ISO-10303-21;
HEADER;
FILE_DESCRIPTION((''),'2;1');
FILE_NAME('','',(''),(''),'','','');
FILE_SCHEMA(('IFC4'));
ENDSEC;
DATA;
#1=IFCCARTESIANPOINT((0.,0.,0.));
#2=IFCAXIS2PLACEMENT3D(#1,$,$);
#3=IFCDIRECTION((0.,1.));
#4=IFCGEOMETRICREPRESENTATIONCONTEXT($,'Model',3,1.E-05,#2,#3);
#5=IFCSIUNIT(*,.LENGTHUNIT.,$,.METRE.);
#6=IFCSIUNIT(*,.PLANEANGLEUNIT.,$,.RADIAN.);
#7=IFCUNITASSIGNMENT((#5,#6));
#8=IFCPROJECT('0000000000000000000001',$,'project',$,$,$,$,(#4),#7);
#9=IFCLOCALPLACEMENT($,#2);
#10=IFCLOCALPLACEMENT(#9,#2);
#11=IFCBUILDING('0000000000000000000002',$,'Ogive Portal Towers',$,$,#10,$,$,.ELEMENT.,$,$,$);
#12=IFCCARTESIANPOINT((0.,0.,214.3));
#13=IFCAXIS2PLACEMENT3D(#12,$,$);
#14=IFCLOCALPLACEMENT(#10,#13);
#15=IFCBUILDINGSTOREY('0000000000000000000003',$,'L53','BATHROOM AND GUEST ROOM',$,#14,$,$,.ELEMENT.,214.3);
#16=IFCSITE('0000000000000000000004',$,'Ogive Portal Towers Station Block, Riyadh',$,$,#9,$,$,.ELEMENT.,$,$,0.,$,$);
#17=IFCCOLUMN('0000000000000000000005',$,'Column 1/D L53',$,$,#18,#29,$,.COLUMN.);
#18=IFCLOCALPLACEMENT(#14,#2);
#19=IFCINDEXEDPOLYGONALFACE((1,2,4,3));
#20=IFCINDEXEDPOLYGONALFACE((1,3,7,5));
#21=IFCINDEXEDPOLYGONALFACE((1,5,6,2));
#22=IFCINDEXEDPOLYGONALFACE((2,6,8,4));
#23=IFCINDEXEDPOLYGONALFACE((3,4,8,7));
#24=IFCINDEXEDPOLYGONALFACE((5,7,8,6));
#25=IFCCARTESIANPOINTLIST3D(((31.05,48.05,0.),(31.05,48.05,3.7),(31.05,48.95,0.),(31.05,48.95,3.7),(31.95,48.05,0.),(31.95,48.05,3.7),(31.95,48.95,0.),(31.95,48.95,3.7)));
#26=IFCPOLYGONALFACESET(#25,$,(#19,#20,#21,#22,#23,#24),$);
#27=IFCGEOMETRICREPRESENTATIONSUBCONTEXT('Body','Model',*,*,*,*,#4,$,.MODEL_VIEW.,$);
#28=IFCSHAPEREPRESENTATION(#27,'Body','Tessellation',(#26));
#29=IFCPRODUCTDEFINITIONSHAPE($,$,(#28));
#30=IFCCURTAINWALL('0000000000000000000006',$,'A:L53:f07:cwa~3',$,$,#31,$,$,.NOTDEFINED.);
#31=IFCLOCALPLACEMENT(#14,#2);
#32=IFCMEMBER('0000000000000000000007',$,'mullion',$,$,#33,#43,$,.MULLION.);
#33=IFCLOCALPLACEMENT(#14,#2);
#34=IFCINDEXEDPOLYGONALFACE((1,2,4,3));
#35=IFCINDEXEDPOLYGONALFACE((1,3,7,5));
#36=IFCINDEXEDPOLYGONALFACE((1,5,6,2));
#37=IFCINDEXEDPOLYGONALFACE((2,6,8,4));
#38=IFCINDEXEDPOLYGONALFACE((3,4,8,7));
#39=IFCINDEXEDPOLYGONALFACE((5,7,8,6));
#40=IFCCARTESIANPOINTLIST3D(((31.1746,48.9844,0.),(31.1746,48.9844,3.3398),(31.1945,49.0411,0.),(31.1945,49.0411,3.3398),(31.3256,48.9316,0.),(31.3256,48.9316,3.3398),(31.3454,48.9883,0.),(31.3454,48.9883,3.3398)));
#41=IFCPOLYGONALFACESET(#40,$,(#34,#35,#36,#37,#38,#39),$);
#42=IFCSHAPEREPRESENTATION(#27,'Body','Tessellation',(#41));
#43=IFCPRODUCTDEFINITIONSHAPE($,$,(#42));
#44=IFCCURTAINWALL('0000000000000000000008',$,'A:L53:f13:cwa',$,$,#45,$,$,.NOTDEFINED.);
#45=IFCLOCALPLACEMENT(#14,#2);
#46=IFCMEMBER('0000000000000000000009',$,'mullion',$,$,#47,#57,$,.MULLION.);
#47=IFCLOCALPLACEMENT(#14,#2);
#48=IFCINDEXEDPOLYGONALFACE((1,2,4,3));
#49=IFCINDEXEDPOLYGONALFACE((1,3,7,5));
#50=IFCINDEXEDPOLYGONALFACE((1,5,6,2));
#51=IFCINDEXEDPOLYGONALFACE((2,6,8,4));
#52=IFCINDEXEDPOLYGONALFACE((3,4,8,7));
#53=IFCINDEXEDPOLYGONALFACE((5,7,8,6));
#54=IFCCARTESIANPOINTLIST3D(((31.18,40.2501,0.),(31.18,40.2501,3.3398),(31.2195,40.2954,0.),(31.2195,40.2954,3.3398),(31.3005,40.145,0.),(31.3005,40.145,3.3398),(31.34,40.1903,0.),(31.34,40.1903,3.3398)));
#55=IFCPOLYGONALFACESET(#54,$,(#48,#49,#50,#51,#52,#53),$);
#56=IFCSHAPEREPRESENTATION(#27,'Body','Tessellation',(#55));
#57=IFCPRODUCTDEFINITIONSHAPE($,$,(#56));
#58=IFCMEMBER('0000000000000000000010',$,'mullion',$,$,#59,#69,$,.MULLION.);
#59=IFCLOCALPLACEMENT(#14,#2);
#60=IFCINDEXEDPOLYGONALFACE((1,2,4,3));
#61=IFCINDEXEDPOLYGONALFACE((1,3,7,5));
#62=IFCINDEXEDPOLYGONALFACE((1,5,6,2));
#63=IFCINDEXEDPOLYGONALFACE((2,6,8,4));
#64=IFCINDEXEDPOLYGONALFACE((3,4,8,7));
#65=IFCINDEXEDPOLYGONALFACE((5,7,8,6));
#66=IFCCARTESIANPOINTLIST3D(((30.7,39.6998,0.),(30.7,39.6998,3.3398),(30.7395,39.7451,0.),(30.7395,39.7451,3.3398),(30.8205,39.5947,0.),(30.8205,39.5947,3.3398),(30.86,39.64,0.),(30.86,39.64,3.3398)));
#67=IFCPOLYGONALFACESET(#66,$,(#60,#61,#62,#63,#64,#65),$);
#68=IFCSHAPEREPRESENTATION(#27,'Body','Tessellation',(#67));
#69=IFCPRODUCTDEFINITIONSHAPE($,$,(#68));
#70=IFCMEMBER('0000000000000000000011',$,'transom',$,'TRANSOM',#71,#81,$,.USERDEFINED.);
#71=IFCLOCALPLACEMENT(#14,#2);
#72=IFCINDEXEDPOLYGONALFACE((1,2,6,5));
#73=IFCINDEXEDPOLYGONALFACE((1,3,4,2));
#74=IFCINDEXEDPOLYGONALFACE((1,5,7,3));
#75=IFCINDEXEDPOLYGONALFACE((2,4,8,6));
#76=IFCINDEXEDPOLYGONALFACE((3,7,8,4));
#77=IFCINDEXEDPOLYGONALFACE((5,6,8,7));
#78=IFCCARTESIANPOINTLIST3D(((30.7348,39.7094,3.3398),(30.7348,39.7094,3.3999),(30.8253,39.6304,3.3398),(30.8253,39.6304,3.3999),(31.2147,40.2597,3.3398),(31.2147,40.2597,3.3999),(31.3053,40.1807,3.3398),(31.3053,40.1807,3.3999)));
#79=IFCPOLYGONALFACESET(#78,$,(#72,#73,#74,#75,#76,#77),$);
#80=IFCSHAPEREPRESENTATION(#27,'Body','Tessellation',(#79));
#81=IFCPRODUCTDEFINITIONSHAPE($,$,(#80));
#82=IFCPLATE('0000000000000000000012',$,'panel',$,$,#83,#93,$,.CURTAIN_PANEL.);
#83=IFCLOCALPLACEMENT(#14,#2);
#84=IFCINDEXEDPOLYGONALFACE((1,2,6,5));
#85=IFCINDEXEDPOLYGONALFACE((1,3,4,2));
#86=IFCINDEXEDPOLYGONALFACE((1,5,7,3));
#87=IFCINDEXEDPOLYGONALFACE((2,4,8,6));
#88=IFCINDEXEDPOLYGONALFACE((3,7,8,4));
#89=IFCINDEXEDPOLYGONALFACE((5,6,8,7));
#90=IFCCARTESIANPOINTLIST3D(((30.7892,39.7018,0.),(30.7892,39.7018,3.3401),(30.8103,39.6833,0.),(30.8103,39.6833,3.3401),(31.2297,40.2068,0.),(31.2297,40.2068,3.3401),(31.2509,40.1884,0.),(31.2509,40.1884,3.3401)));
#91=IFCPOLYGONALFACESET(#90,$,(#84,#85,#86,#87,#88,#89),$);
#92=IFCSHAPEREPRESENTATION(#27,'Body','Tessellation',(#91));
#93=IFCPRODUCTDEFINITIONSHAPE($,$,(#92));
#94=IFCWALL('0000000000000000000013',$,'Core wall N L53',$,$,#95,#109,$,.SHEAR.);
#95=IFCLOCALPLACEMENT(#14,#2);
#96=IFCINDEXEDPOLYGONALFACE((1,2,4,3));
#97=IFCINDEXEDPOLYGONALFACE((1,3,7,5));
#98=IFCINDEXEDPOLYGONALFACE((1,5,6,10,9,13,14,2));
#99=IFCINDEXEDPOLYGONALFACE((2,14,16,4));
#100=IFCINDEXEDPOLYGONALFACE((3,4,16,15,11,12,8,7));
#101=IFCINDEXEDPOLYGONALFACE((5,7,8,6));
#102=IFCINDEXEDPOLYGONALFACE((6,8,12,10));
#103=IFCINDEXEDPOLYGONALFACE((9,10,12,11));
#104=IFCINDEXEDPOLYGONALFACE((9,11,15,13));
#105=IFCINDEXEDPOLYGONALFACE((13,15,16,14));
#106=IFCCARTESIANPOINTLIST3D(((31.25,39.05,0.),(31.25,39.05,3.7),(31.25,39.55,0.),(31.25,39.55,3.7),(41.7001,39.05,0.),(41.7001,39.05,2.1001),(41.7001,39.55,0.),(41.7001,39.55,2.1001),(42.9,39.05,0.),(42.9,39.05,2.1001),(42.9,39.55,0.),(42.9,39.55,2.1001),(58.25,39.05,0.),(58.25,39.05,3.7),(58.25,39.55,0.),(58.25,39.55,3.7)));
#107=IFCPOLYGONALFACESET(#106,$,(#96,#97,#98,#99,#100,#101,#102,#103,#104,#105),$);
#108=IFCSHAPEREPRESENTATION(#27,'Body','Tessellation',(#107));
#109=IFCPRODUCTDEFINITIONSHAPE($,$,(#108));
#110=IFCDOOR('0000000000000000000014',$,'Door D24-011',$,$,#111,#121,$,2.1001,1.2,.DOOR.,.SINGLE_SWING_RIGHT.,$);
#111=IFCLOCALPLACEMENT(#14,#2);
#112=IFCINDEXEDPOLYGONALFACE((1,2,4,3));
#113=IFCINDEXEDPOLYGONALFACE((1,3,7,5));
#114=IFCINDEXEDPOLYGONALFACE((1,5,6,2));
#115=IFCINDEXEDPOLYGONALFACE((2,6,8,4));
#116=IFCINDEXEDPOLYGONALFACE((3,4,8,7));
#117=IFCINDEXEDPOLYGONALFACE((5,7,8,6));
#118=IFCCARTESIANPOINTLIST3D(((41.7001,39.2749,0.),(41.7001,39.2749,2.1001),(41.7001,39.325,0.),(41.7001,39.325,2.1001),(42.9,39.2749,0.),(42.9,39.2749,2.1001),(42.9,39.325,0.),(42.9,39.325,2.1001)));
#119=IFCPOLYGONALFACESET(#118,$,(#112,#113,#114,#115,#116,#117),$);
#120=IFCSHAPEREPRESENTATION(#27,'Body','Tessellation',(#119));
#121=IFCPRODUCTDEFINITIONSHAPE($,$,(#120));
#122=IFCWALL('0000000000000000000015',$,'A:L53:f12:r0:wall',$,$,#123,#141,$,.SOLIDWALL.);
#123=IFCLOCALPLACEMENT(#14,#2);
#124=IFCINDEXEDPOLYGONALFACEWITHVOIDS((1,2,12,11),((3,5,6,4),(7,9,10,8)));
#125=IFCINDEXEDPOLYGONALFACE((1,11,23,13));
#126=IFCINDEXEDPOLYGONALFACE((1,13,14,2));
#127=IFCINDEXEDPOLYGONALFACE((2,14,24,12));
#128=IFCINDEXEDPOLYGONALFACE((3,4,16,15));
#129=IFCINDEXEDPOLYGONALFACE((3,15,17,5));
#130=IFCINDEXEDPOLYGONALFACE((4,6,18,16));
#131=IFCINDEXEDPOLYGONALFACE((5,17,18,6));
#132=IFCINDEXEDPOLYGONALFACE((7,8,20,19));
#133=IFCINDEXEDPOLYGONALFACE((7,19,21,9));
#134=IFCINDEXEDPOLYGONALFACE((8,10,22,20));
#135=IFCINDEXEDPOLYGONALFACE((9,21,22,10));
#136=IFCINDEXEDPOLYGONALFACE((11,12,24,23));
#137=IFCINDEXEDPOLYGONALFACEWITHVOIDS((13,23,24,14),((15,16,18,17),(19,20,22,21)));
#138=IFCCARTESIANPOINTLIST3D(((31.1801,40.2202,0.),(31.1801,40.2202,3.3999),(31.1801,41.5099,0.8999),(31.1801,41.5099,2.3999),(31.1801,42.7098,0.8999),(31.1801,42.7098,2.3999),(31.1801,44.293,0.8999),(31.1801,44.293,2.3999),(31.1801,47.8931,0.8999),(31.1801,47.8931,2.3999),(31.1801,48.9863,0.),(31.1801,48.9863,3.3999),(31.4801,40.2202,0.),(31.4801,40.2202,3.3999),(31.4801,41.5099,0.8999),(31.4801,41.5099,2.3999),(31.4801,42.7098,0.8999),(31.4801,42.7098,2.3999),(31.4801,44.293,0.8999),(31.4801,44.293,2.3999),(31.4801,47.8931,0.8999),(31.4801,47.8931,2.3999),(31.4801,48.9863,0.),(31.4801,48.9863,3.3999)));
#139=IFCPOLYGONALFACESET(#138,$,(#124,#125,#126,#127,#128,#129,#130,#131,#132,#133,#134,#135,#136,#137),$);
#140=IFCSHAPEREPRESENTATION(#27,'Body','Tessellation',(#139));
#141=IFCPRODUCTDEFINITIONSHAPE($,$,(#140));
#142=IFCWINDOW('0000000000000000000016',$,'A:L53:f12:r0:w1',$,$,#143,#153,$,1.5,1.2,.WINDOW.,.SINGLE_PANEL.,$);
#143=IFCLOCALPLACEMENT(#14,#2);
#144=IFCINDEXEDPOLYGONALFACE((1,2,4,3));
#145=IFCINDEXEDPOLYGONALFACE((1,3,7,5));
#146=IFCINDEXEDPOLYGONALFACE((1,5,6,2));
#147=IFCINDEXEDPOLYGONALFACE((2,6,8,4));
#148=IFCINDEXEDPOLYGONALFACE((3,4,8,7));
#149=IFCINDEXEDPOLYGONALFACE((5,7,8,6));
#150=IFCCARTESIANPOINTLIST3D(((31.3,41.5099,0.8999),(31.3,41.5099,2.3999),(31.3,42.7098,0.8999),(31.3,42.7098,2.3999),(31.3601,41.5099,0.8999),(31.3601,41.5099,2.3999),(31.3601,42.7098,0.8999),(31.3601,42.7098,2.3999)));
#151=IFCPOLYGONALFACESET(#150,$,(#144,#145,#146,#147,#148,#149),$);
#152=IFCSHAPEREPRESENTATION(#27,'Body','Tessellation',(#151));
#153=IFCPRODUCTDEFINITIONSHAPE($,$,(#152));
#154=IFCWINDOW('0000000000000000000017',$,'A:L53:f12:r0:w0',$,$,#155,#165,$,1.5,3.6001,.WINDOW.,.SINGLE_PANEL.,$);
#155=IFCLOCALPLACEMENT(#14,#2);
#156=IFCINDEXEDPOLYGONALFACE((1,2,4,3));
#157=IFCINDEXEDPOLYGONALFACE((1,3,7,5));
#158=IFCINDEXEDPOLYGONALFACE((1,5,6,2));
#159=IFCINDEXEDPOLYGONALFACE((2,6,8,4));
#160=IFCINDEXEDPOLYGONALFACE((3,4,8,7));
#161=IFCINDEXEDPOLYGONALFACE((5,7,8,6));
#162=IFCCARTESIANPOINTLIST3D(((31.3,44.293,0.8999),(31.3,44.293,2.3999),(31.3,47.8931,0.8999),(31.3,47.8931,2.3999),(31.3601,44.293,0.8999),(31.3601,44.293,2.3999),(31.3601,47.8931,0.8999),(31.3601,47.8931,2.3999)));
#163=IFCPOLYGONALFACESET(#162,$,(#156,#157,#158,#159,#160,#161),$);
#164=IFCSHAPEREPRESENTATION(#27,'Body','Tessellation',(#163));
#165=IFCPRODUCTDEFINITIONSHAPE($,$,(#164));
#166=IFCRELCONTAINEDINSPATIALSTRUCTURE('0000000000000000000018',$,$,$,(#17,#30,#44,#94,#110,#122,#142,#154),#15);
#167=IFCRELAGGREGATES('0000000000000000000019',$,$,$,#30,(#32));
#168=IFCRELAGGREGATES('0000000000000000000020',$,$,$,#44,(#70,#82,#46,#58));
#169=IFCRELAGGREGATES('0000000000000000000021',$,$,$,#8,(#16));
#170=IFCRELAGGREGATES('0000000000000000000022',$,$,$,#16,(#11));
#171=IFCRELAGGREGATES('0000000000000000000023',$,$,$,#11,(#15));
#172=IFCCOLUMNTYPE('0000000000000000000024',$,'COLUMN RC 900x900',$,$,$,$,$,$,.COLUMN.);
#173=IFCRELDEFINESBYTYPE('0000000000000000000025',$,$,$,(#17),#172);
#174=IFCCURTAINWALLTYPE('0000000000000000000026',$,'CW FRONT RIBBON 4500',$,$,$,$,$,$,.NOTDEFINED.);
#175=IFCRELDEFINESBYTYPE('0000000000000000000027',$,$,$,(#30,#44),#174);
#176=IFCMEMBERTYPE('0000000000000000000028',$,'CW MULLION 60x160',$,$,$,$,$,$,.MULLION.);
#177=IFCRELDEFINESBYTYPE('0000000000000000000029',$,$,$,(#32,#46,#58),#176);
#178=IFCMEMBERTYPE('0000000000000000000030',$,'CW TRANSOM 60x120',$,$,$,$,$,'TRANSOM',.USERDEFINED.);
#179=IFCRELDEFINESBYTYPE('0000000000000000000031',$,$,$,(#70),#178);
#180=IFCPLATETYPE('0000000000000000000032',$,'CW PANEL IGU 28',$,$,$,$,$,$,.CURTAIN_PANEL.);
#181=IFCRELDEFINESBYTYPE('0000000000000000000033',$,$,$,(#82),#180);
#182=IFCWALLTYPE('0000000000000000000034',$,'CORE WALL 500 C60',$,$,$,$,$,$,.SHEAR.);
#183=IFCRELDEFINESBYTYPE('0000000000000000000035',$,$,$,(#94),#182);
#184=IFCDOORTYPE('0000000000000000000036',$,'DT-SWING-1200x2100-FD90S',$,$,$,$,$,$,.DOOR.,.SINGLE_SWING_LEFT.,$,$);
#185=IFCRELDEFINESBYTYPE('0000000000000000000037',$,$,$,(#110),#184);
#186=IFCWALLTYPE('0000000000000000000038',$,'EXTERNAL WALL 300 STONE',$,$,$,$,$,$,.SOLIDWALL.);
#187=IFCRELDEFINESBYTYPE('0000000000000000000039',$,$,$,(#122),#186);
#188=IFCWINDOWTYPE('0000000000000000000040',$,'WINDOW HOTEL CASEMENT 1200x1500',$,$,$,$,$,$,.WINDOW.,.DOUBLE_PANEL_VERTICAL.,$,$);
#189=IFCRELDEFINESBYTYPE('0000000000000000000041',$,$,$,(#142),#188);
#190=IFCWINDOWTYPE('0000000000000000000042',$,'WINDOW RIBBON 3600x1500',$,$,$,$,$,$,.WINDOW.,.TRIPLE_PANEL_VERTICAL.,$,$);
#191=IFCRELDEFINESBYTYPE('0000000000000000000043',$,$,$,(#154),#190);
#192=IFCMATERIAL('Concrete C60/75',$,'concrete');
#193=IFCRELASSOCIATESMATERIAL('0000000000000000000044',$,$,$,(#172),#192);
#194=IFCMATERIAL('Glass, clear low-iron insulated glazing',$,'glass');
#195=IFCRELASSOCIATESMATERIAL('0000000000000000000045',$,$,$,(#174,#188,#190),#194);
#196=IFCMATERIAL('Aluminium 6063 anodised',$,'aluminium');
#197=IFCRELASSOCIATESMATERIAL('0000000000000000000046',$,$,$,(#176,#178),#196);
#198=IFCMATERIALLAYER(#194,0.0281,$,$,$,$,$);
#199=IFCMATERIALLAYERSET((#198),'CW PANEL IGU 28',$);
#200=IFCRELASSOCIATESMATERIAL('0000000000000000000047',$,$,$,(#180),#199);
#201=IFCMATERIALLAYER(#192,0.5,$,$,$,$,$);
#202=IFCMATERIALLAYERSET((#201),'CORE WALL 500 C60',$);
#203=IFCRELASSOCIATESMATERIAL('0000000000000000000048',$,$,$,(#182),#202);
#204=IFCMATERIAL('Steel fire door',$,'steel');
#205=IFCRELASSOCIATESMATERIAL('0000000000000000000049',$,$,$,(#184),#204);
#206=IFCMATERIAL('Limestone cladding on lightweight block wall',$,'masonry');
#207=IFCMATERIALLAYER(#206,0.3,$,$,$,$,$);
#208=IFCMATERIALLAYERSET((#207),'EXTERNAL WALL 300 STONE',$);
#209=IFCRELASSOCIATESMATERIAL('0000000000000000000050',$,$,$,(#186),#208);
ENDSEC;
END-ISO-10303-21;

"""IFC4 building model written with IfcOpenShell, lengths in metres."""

from ifc_helpers import new_model, si_unit, direction, frame, frame_2d, origin, origin_2d, place, context, subcontext, project, spatial, rectangle, extrude, material, layer, layer_set, material_profile, profile_set, type_object, element, fill, aggregate, save


model = new_model("IFC4")

# Units and contexts
model_context = context("Model", 3, precision=1e-05, world=origin(), true_north=direction((0.0, 1.0)))
body_context = subcontext(model_context, "Body", "Model", "MODEL_VIEW")
ifc_project = project(units=[si_unit("LENGTHUNIT", "METRE"), si_unit("PLANEANGLEUNIT", "RADIAN")], contexts=[model_context])

# Site, building, storey
site_placement = place(None, origin())
site = spatial("IfcSite", under=ifc_project, at=site_placement, Name="Ogive Portal Towers Station Block, Riyadh", CompositionType="ELEMENT", RefElevation=0.0)
building_placement = place(site_placement, origin())
building = spatial("IfcBuilding", under=site, at=building_placement, Name="Ogive Portal Towers", CompositionType="ELEMENT")
storey_placement = place(building_placement, frame((0.0, 0.0, 214.3)))
storey = spatial("IfcBuildingStorey", under=building, at=storey_placement, Name="L53", Description="BATHROOM AND GUEST ROOM", CompositionType="ELEMENT", Elevation=214.3)

# Column
ifc_material_1 = material(Name="Concrete C60/75", Category="concrete")
ifc_material_profile_1 = material_profile(ifc_material_1, rectangle(XDim=0.8999, YDim=0.8999, at=origin_2d()), Name="RC 900x900")
ifc_profile_set_1 = profile_set([ifc_material_profile_1], Name="Concrete C60/75")
column_type = type_object("IfcColumnType", Name="COLUMN RC 900x900", PredefinedType="COLUMN", material=ifc_profile_set_1)
column_placement = place(storey_placement, frame((31.5, 48.5, 0.0), z_axis=(0.0, 0.0, 1.0), x_axis=(1.0, 0.0, 0.0)))
element("IfcColumn", 1, at=column_placement, inside=storey, type_object=column_type, Name="Column 1/D L53", PredefinedType="COLUMN", context=body_context, shape_type="SweptSolid", body=[
    extrude(rectangle(XDim=0.8999, YDim=0.8999, at=origin_2d()), origin(), (0.0, 0.0, 1.0), 3.7),
])

# Curtain wall, member
ifc_material_2 = material(Name="Glass, clear low-iron insulated glazing", Category="glass")
curtain_wall_type = type_object("IfcCurtainWallType", Name="CW FRONT RIBBON 4500", PredefinedType="NOTDEFINED", material=ifc_material_2)
curtain_wall_1_placement = place(storey_placement, origin())
curtain_wall_1 = element("IfcCurtainWall", 2, at=curtain_wall_1_placement, inside=storey, type_object=curtain_wall_type, Name="A:L53:f07:cwa~3", PredefinedType="NOTDEFINED")
ifc_material_3 = material(Name="Aluminium 6063 anodised", Category="aluminium")
ifc_material_profile_2 = material_profile(ifc_material_3, rectangle(XDim=0.1599, YDim=0.0601, at=origin_2d()), Name="AL 60x160")
ifc_profile_set_2 = profile_set([ifc_material_profile_2], Name="Aluminium 6063 anodised")
member_type_1 = type_object("IfcMemberType", Name="CW MULLION 60x160", PredefinedType="MULLION", material=ifc_profile_set_2)
member_1_placement = place(storey_placement, frame((31.26, 48.9863, 0.0), z_axis=(0.0, 0.0, 1.0), x_axis=(0.943883, -0.330279, 0.0)))
member_1 = element("IfcMember", 3, at=member_1_placement, type_object=member_type_1, Name="mullion", PredefinedType="MULLION", context=body_context, shape_type="SweptSolid", body=[
    extrude(rectangle(XDim=0.1599, YDim=0.0601, at=origin_2d()), origin(), (0.0, 0.0, 1.0), 3.3398),
])
aggregate(curtain_wall_1, [member_1])

# Curtain wall, members, plate
curtain_wall_2_placement = place(storey_placement, origin())
curtain_wall_2 = element("IfcCurtainWall", 4, at=curtain_wall_2_placement, inside=storey, type_object=curtain_wall_type, Name="A:L53:f13:cwa", PredefinedType="NOTDEFINED")
member_2_placement = place(storey_placement, frame((31.26, 40.2202, 0.0), z_axis=(0.0, 0.0, 1.0), x_axis=(0.753599, -0.657335, 0.0)))
member_2 = element("IfcMember", 5, at=member_2_placement, type_object=member_type_1, Name="mullion", PredefinedType="MULLION", context=body_context, shape_type="SweptSolid", body=[
    extrude(rectangle(XDim=0.1599, YDim=0.0601, at=origin_2d()), origin(), (0.0, 0.0, 1.0), 3.3398),
])
member_3_placement = place(storey_placement, frame((30.78, 39.6699, 0.0), z_axis=(0.0, 0.0, 1.0), x_axis=(0.753599, -0.657335, 0.0)))
member_3 = element("IfcMember", 6, at=member_3_placement, type_object=member_type_1, Name="mullion", PredefinedType="MULLION", context=body_context, shape_type="SweptSolid", body=[
    extrude(rectangle(XDim=0.1599, YDim=0.0601, at=origin_2d()), origin(), (0.0, 0.0, 1.0), 3.3398),
])
ifc_material_profile_3 = material_profile(ifc_material_3, rectangle(XDim=0.1201, YDim=0.0601, at=origin_2d()), Name="AL 120x60")
ifc_profile_set_3 = profile_set([ifc_material_profile_3], Name="Aluminium 6063 anodised")
member_type_2 = type_object("IfcMemberType", Name="CW TRANSOM 60x120", ElementType="TRANSOM", PredefinedType="USERDEFINED", material=ifc_profile_set_3)
member_4_placement = place(storey_placement, frame((31.26, 40.2202, 3.3699), z_axis=(-0.65732, -0.753611, 0.0), x_axis=(0.753611, -0.65732, 0.0)))
member_4 = element("IfcMember", 7, at=member_4_placement, type_object=member_type_2, Name="transom", ObjectType="TRANSOM", PredefinedType="USERDEFINED", context=body_context, shape_type="SweptSolid", body=[
    extrude(rectangle(XDim=0.1201, YDim=0.0601, at=origin_2d()), origin(), (0.0, 0.0, 1.0), 0.7302),
])
ifc_layer_1 = layer(ifc_material_2, 0.0281)
ifc_layer_set_1 = layer_set([ifc_layer_1], Name="CW PANEL IGU 28")
plate_type = type_object("IfcPlateType", Name="CW PANEL IGU 28", PredefinedType="CURTAIN_PANEL", material=ifc_layer_set_1)
plate_placement = place(storey_placement, frame((31.02, 39.9451, 0.0), z_axis=(0.0, 0.0, 1.0), x_axis=(-0.657335, -0.753599, 0.0)))
plate = element("IfcPlate", 8, at=plate_placement, type_object=plate_type, Name="panel", PredefinedType="CURTAIN_PANEL", context=body_context, shape_type="SweptSolid", body=[
    extrude(rectangle(XDim=0.6702, YDim=0.0281, at=origin_2d()), origin(), (0.0, 0.0, 1.0), 3.3401),
])
aggregate(curtain_wall_2, [member_4, plate, member_2, member_3])

# Wall, opening, door
ifc_layer_2 = layer(ifc_material_1, 0.5)
ifc_layer_set_2 = layer_set([ifc_layer_2], Name="CORE WALL 500 C60")
wall_type_1 = type_object("IfcWallType", Name="CORE WALL 500 C60", PredefinedType="SHEAR", material=ifc_layer_set_2)
wall_1_placement = place(storey_placement, frame((31.25, 39.3, 0.0), z_axis=(0.0, 0.0, 1.0), x_axis=(1.0, 0.0, 0.0)))
wall_1 = element("IfcWall", 9, at=wall_1_placement, inside=storey, type_object=wall_type_1, Name="Core wall N L53", PredefinedType="SHEAR", context=body_context, shape_type="SweptSolid", body=[
    extrude(rectangle(XDim=27.0, YDim=0.5, at=frame_2d((13.5, 0.0))), origin(), (0.0, 0.0, 1.0), 3.7),
])
opening_1_placement = place(wall_1_placement, frame((10.45, 0.0, 0.0)))
opening_1 = element("IfcOpeningElement", 10, at=opening_1_placement, cuts=wall_1, PredefinedType="OPENING", context=body_context, shape_type="SweptSolid", body=[
    extrude(rectangle(XDim=1.2, YDim=2.1001, at=frame_2d((0.6001, 1.05))), frame((0.0, 0.26, 0.0), z_axis=(0.0, -1.0, 0.0), x_axis=(1.0, 0.0, 0.0)), (0.0, 0.0, 1.0), 0.52),
])
ifc_material_4 = material(Name="Steel fire door", Category="steel")
door_type = type_object("IfcDoorType", Name="DT-SWING-1200x2100-FD90S", OperationType="SINGLE_SWING_LEFT", PredefinedType="DOOR", material=ifc_material_4)
door_placement = place(opening_1_placement, origin())
door = element("IfcDoor", 11, at=door_placement, inside=storey, type_object=door_type, Name="Door D24-011", OperationType="SINGLE_SWING_RIGHT", OverallHeight=2.1001, OverallWidth=1.2, PredefinedType="DOOR", context=body_context, shape_type="SweptSolid", body=[
    extrude(rectangle(XDim=1.2, YDim=2.1001, at=frame_2d((0.6001, 1.05))), frame((0.0, 0.0249, 0.0), z_axis=(0.0, -1.0, 0.0), x_axis=(1.0, 0.0, 0.0)), (0.0, 0.0, 1.0), 0.05),
])
fill(opening_1, door)

# Wall, openings, windows
ifc_material_5 = material(Name="Limestone cladding on lightweight block wall", Category="masonry")
ifc_layer_3 = layer(ifc_material_5, 0.3)
ifc_layer_set_3 = layer_set([ifc_layer_3], Name="EXTERNAL WALL 300 STONE")
wall_type_2 = type_object("IfcWallType", Name="EXTERNAL WALL 300 STONE", PredefinedType="SOLIDWALL", material=ifc_layer_set_3)
wall_2_placement = place(storey_placement, frame((31.3301, 48.9863, 0.0), z_axis=(0.0, 0.0, 1.0), x_axis=(0.0, -1.0, 0.0)))
wall_2 = element("IfcWall", 12, at=wall_2_placement, inside=storey, type_object=wall_type_2, Name="A:L53:f12:r0:wall", PredefinedType="SOLIDWALL", context=body_context, shape_type="SweptSolid", body=[
    extrude(rectangle(XDim=8.7661, YDim=0.3, at=frame_2d((4.3831, 0.0))), origin(), (0.0, 0.0, 1.0), 3.3999),
])
opening_2_placement = place(wall_2_placement, frame((1.0933, 0.0, 0.8999)))
opening_2 = element("IfcOpeningElement", 13, at=opening_2_placement, cuts=wall_2, PredefinedType="OPENING", context=body_context, shape_type="SweptSolid", body=[
    extrude(rectangle(XDim=3.6001, YDim=1.5, at=frame_2d((1.8, 0.75))), frame((0.0, 0.1602, 0.0), z_axis=(0.0, -1.0, 0.0), x_axis=(1.0, 0.0, 0.0)), (0.0, 0.0, 1.0), 0.3201),
])
opening_3_placement = place(wall_2_placement, frame((6.2764, 0.0, 0.8999)))
opening_3 = element("IfcOpeningElement", 14, at=opening_3_placement, cuts=wall_2, PredefinedType="OPENING", context=body_context, shape_type="SweptSolid", body=[
    extrude(rectangle(XDim=1.2, YDim=1.5, at=frame_2d((0.6001, 0.75))), frame((0.0, 0.1602, 0.0), z_axis=(0.0, -1.0, 0.0), x_axis=(1.0, 0.0, 0.0)), (0.0, 0.0, 1.0), 0.3201),
])
window_type_1 = type_object("IfcWindowType", Name="WINDOW HOTEL CASEMENT 1200x1500", PartitioningType="DOUBLE_PANEL_VERTICAL", PredefinedType="WINDOW", material=ifc_material_2)
window_1_placement = place(opening_3_placement, origin())
window_1 = element("IfcWindow", 15, at=window_1_placement, inside=storey, type_object=window_type_1, Name="A:L53:f12:r0:w1", OverallHeight=1.5, OverallWidth=1.2, PartitioningType="SINGLE_PANEL", PredefinedType="WINDOW", context=body_context, shape_type="SweptSolid", body=[
    extrude(rectangle(XDim=1.2, YDim=1.5, at=frame_2d((0.6001, 0.75))), frame((0.0, 0.03, 0.0), z_axis=(0.0, -1.0, 0.0), x_axis=(1.0, 0.0, 0.0)), (0.0, 0.0, 1.0), 0.0601),
])
fill(opening_3, window_1)
window_type_2 = type_object("IfcWindowType", Name="WINDOW RIBBON 3600x1500", PartitioningType="TRIPLE_PANEL_VERTICAL", PredefinedType="WINDOW", material=ifc_material_2)
window_2_placement = place(opening_2_placement, origin())
window_2 = element("IfcWindow", 16, at=window_2_placement, inside=storey, type_object=window_type_2, Name="A:L53:f12:r0:w0", OverallHeight=1.5, OverallWidth=3.6001, PartitioningType="SINGLE_PANEL", PredefinedType="WINDOW", context=body_context, shape_type="SweptSolid", body=[
    extrude(rectangle(XDim=3.6001, YDim=1.5, at=frame_2d((1.8, 0.75))), frame((0.0, 0.03, 0.0), z_axis=(0.0, -1.0, 0.0), x_axis=(1.0, 0.0, 0.0)), (0.0, 0.0, 1.0), 0.0601),
])
fill(opening_2, window_2)

save(model, "model.ifc")
